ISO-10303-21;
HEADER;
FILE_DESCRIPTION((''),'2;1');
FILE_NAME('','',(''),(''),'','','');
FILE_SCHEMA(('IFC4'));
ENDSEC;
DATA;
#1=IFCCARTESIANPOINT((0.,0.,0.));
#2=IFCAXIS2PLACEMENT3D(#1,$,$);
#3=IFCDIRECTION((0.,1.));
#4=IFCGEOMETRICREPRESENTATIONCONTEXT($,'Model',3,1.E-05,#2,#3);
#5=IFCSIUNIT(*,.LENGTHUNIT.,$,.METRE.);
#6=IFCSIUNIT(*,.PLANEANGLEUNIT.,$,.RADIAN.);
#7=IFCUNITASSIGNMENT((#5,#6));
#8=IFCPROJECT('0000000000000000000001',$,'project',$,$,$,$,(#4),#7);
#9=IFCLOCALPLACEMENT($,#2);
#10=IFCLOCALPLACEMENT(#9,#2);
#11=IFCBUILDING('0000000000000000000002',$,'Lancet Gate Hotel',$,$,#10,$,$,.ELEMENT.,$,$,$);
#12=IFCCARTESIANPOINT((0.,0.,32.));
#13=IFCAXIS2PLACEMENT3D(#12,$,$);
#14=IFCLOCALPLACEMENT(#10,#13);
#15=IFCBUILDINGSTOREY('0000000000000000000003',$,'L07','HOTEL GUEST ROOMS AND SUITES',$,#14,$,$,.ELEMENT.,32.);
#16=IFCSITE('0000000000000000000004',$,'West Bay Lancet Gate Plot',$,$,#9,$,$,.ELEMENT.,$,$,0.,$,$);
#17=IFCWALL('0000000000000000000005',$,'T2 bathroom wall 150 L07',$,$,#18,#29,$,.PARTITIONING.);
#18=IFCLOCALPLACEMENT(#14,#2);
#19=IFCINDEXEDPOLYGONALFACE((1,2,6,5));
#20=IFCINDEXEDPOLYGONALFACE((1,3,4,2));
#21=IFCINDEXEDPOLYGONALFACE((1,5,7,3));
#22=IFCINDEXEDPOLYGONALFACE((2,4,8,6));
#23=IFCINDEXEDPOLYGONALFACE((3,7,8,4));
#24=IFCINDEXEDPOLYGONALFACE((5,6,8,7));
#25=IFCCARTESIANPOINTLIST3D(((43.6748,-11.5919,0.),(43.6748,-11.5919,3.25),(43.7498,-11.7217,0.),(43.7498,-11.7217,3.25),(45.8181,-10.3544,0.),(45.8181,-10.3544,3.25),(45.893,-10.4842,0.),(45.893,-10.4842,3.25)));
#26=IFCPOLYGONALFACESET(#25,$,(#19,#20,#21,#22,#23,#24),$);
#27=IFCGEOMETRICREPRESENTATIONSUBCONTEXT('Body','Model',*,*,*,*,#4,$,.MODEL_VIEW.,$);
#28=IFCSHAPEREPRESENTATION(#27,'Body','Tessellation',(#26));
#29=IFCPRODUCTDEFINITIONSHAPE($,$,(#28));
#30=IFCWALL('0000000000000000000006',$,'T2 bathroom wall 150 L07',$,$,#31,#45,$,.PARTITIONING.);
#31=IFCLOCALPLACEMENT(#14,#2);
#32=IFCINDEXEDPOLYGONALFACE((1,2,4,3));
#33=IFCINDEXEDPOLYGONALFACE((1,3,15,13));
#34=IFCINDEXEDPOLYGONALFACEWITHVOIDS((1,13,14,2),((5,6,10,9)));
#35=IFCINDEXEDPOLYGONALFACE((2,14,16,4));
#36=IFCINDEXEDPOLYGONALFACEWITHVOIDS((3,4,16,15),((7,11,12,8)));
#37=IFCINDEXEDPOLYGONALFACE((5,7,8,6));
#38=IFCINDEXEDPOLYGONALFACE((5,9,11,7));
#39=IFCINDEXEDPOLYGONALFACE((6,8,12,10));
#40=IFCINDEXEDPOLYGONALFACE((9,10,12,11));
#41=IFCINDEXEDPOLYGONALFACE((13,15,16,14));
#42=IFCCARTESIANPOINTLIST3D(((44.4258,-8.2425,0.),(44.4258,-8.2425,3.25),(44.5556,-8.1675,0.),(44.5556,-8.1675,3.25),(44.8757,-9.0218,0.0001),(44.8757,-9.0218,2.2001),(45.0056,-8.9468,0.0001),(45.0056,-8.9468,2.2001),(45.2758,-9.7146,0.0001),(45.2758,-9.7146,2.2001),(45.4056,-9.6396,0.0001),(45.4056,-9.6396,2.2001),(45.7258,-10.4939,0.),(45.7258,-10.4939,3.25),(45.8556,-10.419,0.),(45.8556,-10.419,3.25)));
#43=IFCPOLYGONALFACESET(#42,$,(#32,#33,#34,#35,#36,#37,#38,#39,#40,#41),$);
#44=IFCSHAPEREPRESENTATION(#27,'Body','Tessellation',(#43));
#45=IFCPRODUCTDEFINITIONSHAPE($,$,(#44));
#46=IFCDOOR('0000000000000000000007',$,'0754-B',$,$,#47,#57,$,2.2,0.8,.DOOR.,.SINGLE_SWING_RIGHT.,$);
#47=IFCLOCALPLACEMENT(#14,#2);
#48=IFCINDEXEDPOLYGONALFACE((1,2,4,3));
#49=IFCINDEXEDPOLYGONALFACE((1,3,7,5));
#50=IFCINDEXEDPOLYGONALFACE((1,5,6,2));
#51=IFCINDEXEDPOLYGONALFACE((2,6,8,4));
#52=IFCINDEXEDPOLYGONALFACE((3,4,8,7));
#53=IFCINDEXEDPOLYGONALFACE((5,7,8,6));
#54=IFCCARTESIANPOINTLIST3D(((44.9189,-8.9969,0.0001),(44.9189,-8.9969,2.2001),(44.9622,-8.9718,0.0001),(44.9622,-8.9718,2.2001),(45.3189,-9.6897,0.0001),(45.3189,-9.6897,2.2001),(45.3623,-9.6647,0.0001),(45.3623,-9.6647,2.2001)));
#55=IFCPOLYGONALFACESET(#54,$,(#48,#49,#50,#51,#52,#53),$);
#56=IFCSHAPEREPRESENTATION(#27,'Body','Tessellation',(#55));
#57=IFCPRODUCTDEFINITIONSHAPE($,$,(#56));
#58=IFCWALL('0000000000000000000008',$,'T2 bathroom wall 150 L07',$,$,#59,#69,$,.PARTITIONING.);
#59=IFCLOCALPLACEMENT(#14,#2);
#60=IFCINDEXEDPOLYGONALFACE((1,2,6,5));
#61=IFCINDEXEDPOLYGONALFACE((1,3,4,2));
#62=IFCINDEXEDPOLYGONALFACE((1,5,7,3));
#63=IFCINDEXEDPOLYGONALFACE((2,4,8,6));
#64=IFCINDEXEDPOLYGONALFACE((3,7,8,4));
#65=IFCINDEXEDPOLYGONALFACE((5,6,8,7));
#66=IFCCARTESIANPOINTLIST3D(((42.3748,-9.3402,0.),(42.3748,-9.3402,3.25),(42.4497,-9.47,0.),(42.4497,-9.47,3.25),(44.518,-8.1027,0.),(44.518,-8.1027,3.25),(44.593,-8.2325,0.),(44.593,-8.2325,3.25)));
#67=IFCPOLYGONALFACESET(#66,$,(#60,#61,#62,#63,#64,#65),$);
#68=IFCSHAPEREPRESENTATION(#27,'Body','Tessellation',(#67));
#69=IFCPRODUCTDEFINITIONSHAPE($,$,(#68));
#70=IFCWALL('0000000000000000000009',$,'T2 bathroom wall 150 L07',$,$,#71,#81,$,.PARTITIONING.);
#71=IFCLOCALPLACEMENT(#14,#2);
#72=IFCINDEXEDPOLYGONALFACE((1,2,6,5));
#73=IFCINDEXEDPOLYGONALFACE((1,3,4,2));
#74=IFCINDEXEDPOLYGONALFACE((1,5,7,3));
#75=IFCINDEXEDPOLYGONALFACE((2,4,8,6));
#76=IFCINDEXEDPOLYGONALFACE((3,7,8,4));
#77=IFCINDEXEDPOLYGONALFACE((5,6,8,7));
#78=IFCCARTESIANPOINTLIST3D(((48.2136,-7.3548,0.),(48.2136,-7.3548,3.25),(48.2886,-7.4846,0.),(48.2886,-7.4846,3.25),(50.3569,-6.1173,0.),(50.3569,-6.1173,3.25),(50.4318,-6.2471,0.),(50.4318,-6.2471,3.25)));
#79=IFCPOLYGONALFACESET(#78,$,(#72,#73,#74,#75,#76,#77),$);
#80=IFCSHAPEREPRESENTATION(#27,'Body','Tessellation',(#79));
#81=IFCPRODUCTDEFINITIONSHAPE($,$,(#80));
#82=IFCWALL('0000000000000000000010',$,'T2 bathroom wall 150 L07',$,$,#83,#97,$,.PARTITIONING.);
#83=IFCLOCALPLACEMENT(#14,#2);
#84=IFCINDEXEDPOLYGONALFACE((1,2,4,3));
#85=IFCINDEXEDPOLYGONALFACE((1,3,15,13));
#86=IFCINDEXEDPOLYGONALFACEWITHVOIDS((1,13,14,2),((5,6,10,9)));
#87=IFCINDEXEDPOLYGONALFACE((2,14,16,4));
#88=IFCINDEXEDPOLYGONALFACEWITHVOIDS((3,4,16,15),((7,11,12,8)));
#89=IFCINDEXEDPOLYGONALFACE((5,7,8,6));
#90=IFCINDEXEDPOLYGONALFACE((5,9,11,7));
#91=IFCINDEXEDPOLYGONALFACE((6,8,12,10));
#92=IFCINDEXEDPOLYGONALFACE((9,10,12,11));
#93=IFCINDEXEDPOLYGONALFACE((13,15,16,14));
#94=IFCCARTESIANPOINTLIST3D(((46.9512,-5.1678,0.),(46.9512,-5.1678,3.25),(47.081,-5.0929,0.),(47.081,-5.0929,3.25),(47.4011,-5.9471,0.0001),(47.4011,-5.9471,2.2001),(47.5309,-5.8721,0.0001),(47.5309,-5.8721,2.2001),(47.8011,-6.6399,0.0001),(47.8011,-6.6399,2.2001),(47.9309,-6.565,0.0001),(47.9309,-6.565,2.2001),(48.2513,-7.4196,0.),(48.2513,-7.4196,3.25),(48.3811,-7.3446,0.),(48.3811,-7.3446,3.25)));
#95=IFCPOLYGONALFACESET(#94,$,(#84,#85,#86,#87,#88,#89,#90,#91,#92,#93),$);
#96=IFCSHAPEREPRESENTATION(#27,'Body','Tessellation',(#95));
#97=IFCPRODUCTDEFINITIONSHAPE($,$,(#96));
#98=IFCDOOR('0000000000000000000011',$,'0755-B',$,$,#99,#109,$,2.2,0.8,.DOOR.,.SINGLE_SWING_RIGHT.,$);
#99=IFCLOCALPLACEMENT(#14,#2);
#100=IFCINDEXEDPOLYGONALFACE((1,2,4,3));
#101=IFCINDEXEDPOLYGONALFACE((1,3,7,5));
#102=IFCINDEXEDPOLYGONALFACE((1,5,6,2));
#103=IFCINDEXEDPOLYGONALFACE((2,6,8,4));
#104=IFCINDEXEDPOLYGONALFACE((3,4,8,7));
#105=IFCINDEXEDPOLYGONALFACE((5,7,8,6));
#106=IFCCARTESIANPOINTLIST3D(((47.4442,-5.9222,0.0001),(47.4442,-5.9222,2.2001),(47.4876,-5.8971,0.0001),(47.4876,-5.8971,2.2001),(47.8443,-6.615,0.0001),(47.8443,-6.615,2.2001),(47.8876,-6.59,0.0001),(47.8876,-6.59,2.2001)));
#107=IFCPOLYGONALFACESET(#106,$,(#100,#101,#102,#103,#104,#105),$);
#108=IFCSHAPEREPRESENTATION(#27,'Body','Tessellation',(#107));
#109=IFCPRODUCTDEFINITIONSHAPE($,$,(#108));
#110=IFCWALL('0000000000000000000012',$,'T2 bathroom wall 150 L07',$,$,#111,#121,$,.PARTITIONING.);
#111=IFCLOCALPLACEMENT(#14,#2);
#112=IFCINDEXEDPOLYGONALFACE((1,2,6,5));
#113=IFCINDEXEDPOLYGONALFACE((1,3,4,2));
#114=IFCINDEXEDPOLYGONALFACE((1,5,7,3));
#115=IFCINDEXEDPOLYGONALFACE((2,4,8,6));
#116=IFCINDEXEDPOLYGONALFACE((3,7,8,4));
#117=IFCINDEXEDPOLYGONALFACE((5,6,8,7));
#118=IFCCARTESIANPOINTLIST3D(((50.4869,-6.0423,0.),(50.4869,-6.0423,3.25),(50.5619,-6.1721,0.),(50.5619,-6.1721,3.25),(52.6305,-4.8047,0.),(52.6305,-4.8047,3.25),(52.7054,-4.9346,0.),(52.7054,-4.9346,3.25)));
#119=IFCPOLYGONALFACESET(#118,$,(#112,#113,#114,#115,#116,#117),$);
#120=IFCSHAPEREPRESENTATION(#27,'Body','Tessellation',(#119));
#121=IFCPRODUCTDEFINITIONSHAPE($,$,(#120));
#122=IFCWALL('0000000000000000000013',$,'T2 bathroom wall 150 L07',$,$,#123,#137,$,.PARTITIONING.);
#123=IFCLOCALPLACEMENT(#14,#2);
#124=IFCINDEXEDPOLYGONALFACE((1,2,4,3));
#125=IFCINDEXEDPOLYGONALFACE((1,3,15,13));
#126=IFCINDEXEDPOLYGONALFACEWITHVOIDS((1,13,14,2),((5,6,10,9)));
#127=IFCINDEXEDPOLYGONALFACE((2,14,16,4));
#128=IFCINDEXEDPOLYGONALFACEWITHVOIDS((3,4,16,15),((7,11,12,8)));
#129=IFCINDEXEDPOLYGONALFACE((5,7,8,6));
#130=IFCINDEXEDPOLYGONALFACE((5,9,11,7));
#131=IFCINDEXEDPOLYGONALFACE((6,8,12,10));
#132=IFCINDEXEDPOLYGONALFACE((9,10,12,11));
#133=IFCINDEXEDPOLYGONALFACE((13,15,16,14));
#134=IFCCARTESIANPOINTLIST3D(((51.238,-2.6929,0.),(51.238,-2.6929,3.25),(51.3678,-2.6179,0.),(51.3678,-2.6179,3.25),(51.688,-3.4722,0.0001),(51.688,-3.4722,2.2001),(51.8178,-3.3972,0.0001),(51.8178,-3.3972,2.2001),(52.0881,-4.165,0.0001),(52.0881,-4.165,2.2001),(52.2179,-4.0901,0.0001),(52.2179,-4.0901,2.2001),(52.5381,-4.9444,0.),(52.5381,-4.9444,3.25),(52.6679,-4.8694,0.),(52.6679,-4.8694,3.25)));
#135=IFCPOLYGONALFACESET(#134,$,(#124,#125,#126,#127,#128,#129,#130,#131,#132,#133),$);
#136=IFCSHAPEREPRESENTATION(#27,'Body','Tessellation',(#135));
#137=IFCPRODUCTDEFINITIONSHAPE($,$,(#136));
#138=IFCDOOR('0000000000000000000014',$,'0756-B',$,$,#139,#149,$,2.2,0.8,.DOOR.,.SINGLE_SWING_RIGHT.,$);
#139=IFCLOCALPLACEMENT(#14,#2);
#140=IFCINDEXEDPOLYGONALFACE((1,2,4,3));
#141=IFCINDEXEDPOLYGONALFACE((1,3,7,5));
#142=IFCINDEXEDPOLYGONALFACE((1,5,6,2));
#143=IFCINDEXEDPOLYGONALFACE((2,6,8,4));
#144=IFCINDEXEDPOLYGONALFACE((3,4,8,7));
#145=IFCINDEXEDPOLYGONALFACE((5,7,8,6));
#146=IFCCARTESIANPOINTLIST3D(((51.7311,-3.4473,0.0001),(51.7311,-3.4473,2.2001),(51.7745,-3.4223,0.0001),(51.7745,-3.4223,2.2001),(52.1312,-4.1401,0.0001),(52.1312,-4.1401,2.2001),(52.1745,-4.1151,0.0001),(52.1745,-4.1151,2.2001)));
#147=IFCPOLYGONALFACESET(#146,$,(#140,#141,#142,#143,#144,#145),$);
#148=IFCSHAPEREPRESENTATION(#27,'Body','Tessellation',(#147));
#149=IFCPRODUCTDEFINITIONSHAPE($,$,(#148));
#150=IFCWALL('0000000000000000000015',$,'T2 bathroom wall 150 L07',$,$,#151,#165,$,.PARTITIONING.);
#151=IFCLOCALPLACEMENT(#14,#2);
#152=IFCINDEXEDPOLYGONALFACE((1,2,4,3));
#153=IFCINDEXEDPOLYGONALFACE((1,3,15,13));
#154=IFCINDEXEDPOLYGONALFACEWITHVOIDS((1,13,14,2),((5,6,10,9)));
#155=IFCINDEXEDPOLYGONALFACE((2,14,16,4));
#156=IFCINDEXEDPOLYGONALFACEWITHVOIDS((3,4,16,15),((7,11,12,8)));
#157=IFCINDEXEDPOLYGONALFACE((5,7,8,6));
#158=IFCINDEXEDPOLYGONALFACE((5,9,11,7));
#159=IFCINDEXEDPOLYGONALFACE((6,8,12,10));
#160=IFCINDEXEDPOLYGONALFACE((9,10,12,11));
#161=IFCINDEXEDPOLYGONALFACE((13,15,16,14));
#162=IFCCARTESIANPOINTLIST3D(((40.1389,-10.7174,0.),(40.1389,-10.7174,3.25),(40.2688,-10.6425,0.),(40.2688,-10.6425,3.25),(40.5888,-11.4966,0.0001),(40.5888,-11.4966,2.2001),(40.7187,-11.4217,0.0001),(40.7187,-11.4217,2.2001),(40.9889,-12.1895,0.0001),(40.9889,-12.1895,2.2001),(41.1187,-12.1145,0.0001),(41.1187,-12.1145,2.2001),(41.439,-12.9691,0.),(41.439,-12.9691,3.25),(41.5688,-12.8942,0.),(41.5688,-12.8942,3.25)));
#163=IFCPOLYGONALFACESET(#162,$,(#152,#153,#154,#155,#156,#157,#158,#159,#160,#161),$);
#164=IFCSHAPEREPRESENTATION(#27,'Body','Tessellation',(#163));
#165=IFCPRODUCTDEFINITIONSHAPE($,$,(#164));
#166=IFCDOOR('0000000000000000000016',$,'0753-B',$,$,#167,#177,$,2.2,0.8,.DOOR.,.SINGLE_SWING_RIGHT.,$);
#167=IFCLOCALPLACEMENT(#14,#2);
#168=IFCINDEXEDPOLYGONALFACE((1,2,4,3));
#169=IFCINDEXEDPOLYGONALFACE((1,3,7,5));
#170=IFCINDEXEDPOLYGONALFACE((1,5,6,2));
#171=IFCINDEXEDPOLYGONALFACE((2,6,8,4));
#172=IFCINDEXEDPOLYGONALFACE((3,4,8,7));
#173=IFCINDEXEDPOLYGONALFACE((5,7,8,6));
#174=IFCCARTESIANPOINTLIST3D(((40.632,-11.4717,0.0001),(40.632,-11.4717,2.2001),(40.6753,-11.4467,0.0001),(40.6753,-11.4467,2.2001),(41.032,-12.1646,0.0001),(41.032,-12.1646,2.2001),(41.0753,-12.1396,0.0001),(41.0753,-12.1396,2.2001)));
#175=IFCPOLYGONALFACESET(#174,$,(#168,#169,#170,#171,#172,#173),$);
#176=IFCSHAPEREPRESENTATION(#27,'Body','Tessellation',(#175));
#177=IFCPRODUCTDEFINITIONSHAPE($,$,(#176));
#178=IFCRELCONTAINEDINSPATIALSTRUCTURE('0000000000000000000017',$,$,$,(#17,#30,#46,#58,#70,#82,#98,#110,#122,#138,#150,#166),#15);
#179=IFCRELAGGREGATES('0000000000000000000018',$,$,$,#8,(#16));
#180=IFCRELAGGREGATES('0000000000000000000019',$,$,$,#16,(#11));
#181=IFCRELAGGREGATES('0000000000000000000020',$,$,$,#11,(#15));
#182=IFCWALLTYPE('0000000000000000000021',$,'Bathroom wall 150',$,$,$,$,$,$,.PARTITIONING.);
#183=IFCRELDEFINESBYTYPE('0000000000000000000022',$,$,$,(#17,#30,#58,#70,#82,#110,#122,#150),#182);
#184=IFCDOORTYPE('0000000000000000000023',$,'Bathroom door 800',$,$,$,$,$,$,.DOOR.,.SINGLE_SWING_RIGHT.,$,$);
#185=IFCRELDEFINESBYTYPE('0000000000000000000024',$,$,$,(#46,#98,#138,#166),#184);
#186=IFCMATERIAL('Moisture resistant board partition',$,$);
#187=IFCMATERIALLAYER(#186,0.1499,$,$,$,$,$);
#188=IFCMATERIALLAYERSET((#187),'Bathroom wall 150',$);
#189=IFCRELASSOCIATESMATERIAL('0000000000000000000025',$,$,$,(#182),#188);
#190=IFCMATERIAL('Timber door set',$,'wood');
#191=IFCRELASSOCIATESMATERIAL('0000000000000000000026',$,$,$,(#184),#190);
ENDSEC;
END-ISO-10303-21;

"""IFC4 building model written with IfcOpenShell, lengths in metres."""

from ifc_helpers import new_model, si_unit, direction, frame, frame_2d, origin, place, context, subcontext, project, spatial, rectangle, extrude, material, layer, layer_set, type_object, element, fill, save


model = new_model("IFC4")

# Units and contexts
model_context = context("Model", 3, precision=1e-05, world=origin(), true_north=direction((0.0, 1.0)))
body_context = subcontext(model_context, "Body", "Model", "MODEL_VIEW")
ifc_project = project(units=[si_unit("LENGTHUNIT", "METRE"), si_unit("PLANEANGLEUNIT", "RADIAN")], contexts=[model_context])

# Site, building, storey
site_placement = place(None, origin())
site = spatial("IfcSite", under=ifc_project, at=site_placement, Name="West Bay Lancet Gate Plot", CompositionType="ELEMENT", RefElevation=0.0)
building_placement = place(site_placement, origin())
building = spatial("IfcBuilding", under=site, at=building_placement, Name="Lancet Gate Hotel", CompositionType="ELEMENT")
storey_placement = place(building_placement, frame((0.0, 0.0, 32.0)))
storey = spatial("IfcBuildingStorey", under=building, at=storey_placement, Name="L07", Description="HOTEL GUEST ROOMS AND SUITES", CompositionType="ELEMENT", Elevation=32.0)

# Wall
ifc_material_1 = material(Name="Moisture resistant board partition")
ifc_layer_1 = layer(ifc_material_1, 0.1499)
ifc_layer_set_1 = layer_set([ifc_layer_1], Name="Bathroom wall 150")
wall_type_1 = type_object("IfcWallType", Name="Bathroom wall 150", PredefinedType="PARTITIONING", material=ifc_layer_set_1)
wall_1_placement = place(storey_placement, frame((43.7124, -11.6567, 0.0), z_axis=(0.0, 0.0, 1.0), x_axis=(0.866007, 0.500033, 0.0)))
element("IfcWall", 1, at=wall_1_placement, inside=storey, type_object=wall_type_1, Name="T2 bathroom wall 150 L07", PredefinedType="PARTITIONING", context=body_context, shape_type="SweptSolid", body=[
    extrude(rectangle(XDim=2.4749, YDim=0.1499, at=frame_2d((1.2373, 0.0))), origin(), (0.0, 0.0, 1.0), 3.25),
])

# Wall, opening, door
wall_2_placement = place(storey_placement, frame((44.4907, -8.2051, 0.0), z_axis=(0.0, 0.0, 1.0), x_axis=(0.500048, -0.865998, 0.0)))
wall_2 = element("IfcWall", 2, at=wall_2_placement, inside=storey, type_object=wall_type_1, Name="T2 bathroom wall 150 L07", PredefinedType="PARTITIONING", context=body_context, shape_type="SweptSolid", body=[
    extrude(rectangle(XDim=2.5999, YDim=0.1499, at=frame_2d((1.2998, 0.0))), origin(), (0.0, 0.0, 1.0), 3.25),
])
opening_1_placement = place(wall_2_placement, frame((0.8999, 0.0, 0.0)))
opening_1 = element("IfcOpeningElement", 3, at=opening_1_placement, cuts=wall_2, PredefinedType="OPENING", context=body_context, shape_type="SweptSolid", body=[
    extrude(rectangle(XDim=0.8, YDim=2.2, at=frame_2d((0.3999, 1.1001))), frame((0.0, 0.085, 0.0), z_axis=(0.0, -1.0, 0.0), x_axis=(1.0, 0.0, 0.0)), (0.0, 0.0, 1.0), 0.1699),
])
ifc_material_2 = material(Name="Timber door set", Category="wood")
door_type_1 = type_object("IfcDoorType", Name="Bathroom door 800", OperationType="SINGLE_SWING_RIGHT", PredefinedType="DOOR", material=ifc_material_2)
door_1_placement = place(opening_1_placement, origin())
door_1 = element("IfcDoor", 4, at=door_1_placement, inside=storey, type_object=door_type_1, Name="0754-B", OperationType="SINGLE_SWING_RIGHT", OverallHeight=2.2, OverallWidth=0.8, PredefinedType="DOOR", context=body_context, shape_type="SweptSolid", body=[
    extrude(rectangle(XDim=0.8, YDim=2.2, at=frame_2d((0.3999, 1.1001))), frame((0.0, 0.0249, 0.0), z_axis=(0.0, -1.0, 0.0), x_axis=(1.0, 0.0, 0.0)), (0.0, 0.0, 1.0), 0.05),
])
fill(opening_1, door_1)

# Walls
for number, where, z_axis, x_axis, name in (
    (5, (42.4124, -9.405, 0.0), (0.0, 0.0, 1.0), (0.866007, 0.500033, 0.0), "T2 bathroom wall 150 L07"),
    (6, (48.2512, -7.4197, 0.0), (0.0, 0.0, 1.0), (0.866007, 0.500033, 0.0), "T2 bathroom wall 150 L07"),
):
    element("IfcWall", number, at=place(storey_placement, frame(where, z_axis=z_axis, x_axis=x_axis)), inside=storey, type_object=wall_type_1, Name=name, PredefinedType="PARTITIONING", context=body_context, shape_type="SweptSolid", body=[
        extrude(rectangle(XDim=2.4749, YDim=0.1499, at=frame_2d((1.2373, 0.0))), origin(), (0.0, 0.0, 1.0), 3.25),
    ])

# Wall, opening, door
wall_3_placement = place(storey_placement, frame((47.0161, -5.1304, 0.0), z_axis=(0.0, 0.0, 1.0), x_axis=(0.500007, -0.866021, 0.0)))
wall_3 = element("IfcWall", 7, at=wall_3_placement, inside=storey, type_object=wall_type_1, Name="T2 bathroom wall 150 L07", PredefinedType="PARTITIONING", context=body_context, shape_type="SweptSolid", body=[
    extrude(rectangle(XDim=2.6001, YDim=0.1499, at=frame_2d((1.3, 0.0))), origin(), (0.0, 0.0, 1.0), 3.25),
])
opening_2_placement = place(wall_3_placement, frame((0.8999, 0.0, 0.0)))
opening_2 = element("IfcOpeningElement", 8, at=opening_2_placement, cuts=wall_3, PredefinedType="OPENING", context=body_context, shape_type="SweptSolid", body=[
    extrude(rectangle(XDim=0.8, YDim=2.2, at=frame_2d((0.3999, 1.1001))), frame((0.0, 0.085, 0.0), z_axis=(0.0, -1.0, 0.0), x_axis=(1.0, 0.0, 0.0)), (0.0, 0.0, 1.0), 0.1699),
])
door_2_placement = place(opening_2_placement, origin())
door_2 = element("IfcDoor", 9, at=door_2_placement, inside=storey, type_object=door_type_1, Name="0755-B", OperationType="SINGLE_SWING_RIGHT", OverallHeight=2.2, OverallWidth=0.8, PredefinedType="DOOR", context=body_context, shape_type="SweptSolid", body=[
    extrude(rectangle(XDim=0.8, YDim=2.2, at=frame_2d((0.3999, 1.1001))), frame((0.0, 0.0249, 0.0), z_axis=(0.0, -1.0, 0.0), x_axis=(1.0, 0.0, 0.0)), (0.0, 0.0, 1.0), 0.05),
])
fill(opening_2, door_2)

# Wall
wall_4_placement = place(storey_placement, frame((50.5244, -6.1072, 0.0), z_axis=(0.0, 0.0, 1.0), x_axis=(0.866031, 0.49999, 0.0)))
element("IfcWall", 10, at=wall_4_placement, inside=storey, type_object=wall_type_1, Name="T2 bathroom wall 150 L07", PredefinedType="PARTITIONING", context=body_context, shape_type="SweptSolid", body=[
    extrude(rectangle(XDim=2.4751, YDim=0.1499, at=frame_2d((1.2375, 0.0))), origin(), (0.0, 0.0, 1.0), 3.25),
])

# Walls, openings, doors
wall_5_placement = place(storey_placement, frame((51.303, -2.6555, 0.0), z_axis=(0.0, 0.0, 1.0), x_axis=(0.500048, -0.865998, 0.0)))
wall_5 = element("IfcWall", 11, at=wall_5_placement, inside=storey, type_object=wall_type_1, Name="T2 bathroom wall 150 L07", PredefinedType="PARTITIONING", context=body_context, shape_type="SweptSolid", body=[
    extrude(rectangle(XDim=2.5999, YDim=0.1499, at=frame_2d((1.2998, 0.0))), origin(), (0.0, 0.0, 1.0), 3.25),
])
opening_3_placement = place(wall_5_placement, frame((0.8999, 0.0, 0.0)))
opening_3 = element("IfcOpeningElement", 12, at=opening_3_placement, cuts=wall_5, PredefinedType="OPENING", context=body_context, shape_type="SweptSolid", body=[
    extrude(rectangle(XDim=0.8, YDim=2.2, at=frame_2d((0.3999, 1.1001))), frame((0.0, 0.085, 0.0), z_axis=(0.0, -1.0, 0.0), x_axis=(1.0, 0.0, 0.0)), (0.0, 0.0, 1.0), 0.1699),
])
door_3_placement = place(opening_3_placement, origin())
door_3 = element("IfcDoor", 13, at=door_3_placement, inside=storey, type_object=door_type_1, Name="0756-B", OperationType="SINGLE_SWING_RIGHT", OverallHeight=2.2, OverallWidth=0.8, PredefinedType="DOOR", context=body_context, shape_type="SweptSolid", body=[
    extrude(rectangle(XDim=0.8, YDim=2.2, at=frame_2d((0.3999, 1.1001))), frame((0.0, 0.0249, 0.0), z_axis=(0.0, -1.0, 0.0), x_axis=(1.0, 0.0, 0.0)), (0.0, 0.0, 1.0), 0.05),
])
fill(opening_3, door_3)
wall_6_placement = place(storey_placement, frame((40.2039, -10.6799, 0.0), z_axis=(0.0, 0.0, 1.0), x_axis=(0.500007, -0.866021, 0.0)))
wall_6 = element("IfcWall", 14, at=wall_6_placement, inside=storey, type_object=wall_type_1, Name="T2 bathroom wall 150 L07", PredefinedType="PARTITIONING", context=body_context, shape_type="SweptSolid", body=[
    extrude(rectangle(XDim=2.6001, YDim=0.1499, at=frame_2d((1.3, 0.0))), origin(), (0.0, 0.0, 1.0), 3.25),
])
opening_4_placement = place(wall_6_placement, frame((0.8999, 0.0, 0.0)))
opening_4 = element("IfcOpeningElement", 15, at=opening_4_placement, cuts=wall_6, PredefinedType="OPENING", context=body_context, shape_type="SweptSolid", body=[
    extrude(rectangle(XDim=0.8, YDim=2.2, at=frame_2d((0.3999, 1.1001))), frame((0.0, 0.085, 0.0), z_axis=(0.0, -1.0, 0.0), x_axis=(1.0, 0.0, 0.0)), (0.0, 0.0, 1.0), 0.1699),
])
door_4_placement = place(opening_4_placement, origin())
door_4 = element("IfcDoor", 16, at=door_4_placement, inside=storey, type_object=door_type_1, Name="0753-B", OperationType="SINGLE_SWING_RIGHT", OverallHeight=2.2, OverallWidth=0.8, PredefinedType="DOOR", context=body_context, shape_type="SweptSolid", body=[
    extrude(rectangle(XDim=0.8, YDim=2.2, at=frame_2d((0.3999, 1.1001))), frame((0.0, 0.0249, 0.0), z_axis=(0.0, -1.0, 0.0), x_axis=(1.0, 0.0, 0.0)), (0.0, 0.0, 1.0), 0.05),
])
fill(opening_4, door_4)

save(model, "model.ifc")
